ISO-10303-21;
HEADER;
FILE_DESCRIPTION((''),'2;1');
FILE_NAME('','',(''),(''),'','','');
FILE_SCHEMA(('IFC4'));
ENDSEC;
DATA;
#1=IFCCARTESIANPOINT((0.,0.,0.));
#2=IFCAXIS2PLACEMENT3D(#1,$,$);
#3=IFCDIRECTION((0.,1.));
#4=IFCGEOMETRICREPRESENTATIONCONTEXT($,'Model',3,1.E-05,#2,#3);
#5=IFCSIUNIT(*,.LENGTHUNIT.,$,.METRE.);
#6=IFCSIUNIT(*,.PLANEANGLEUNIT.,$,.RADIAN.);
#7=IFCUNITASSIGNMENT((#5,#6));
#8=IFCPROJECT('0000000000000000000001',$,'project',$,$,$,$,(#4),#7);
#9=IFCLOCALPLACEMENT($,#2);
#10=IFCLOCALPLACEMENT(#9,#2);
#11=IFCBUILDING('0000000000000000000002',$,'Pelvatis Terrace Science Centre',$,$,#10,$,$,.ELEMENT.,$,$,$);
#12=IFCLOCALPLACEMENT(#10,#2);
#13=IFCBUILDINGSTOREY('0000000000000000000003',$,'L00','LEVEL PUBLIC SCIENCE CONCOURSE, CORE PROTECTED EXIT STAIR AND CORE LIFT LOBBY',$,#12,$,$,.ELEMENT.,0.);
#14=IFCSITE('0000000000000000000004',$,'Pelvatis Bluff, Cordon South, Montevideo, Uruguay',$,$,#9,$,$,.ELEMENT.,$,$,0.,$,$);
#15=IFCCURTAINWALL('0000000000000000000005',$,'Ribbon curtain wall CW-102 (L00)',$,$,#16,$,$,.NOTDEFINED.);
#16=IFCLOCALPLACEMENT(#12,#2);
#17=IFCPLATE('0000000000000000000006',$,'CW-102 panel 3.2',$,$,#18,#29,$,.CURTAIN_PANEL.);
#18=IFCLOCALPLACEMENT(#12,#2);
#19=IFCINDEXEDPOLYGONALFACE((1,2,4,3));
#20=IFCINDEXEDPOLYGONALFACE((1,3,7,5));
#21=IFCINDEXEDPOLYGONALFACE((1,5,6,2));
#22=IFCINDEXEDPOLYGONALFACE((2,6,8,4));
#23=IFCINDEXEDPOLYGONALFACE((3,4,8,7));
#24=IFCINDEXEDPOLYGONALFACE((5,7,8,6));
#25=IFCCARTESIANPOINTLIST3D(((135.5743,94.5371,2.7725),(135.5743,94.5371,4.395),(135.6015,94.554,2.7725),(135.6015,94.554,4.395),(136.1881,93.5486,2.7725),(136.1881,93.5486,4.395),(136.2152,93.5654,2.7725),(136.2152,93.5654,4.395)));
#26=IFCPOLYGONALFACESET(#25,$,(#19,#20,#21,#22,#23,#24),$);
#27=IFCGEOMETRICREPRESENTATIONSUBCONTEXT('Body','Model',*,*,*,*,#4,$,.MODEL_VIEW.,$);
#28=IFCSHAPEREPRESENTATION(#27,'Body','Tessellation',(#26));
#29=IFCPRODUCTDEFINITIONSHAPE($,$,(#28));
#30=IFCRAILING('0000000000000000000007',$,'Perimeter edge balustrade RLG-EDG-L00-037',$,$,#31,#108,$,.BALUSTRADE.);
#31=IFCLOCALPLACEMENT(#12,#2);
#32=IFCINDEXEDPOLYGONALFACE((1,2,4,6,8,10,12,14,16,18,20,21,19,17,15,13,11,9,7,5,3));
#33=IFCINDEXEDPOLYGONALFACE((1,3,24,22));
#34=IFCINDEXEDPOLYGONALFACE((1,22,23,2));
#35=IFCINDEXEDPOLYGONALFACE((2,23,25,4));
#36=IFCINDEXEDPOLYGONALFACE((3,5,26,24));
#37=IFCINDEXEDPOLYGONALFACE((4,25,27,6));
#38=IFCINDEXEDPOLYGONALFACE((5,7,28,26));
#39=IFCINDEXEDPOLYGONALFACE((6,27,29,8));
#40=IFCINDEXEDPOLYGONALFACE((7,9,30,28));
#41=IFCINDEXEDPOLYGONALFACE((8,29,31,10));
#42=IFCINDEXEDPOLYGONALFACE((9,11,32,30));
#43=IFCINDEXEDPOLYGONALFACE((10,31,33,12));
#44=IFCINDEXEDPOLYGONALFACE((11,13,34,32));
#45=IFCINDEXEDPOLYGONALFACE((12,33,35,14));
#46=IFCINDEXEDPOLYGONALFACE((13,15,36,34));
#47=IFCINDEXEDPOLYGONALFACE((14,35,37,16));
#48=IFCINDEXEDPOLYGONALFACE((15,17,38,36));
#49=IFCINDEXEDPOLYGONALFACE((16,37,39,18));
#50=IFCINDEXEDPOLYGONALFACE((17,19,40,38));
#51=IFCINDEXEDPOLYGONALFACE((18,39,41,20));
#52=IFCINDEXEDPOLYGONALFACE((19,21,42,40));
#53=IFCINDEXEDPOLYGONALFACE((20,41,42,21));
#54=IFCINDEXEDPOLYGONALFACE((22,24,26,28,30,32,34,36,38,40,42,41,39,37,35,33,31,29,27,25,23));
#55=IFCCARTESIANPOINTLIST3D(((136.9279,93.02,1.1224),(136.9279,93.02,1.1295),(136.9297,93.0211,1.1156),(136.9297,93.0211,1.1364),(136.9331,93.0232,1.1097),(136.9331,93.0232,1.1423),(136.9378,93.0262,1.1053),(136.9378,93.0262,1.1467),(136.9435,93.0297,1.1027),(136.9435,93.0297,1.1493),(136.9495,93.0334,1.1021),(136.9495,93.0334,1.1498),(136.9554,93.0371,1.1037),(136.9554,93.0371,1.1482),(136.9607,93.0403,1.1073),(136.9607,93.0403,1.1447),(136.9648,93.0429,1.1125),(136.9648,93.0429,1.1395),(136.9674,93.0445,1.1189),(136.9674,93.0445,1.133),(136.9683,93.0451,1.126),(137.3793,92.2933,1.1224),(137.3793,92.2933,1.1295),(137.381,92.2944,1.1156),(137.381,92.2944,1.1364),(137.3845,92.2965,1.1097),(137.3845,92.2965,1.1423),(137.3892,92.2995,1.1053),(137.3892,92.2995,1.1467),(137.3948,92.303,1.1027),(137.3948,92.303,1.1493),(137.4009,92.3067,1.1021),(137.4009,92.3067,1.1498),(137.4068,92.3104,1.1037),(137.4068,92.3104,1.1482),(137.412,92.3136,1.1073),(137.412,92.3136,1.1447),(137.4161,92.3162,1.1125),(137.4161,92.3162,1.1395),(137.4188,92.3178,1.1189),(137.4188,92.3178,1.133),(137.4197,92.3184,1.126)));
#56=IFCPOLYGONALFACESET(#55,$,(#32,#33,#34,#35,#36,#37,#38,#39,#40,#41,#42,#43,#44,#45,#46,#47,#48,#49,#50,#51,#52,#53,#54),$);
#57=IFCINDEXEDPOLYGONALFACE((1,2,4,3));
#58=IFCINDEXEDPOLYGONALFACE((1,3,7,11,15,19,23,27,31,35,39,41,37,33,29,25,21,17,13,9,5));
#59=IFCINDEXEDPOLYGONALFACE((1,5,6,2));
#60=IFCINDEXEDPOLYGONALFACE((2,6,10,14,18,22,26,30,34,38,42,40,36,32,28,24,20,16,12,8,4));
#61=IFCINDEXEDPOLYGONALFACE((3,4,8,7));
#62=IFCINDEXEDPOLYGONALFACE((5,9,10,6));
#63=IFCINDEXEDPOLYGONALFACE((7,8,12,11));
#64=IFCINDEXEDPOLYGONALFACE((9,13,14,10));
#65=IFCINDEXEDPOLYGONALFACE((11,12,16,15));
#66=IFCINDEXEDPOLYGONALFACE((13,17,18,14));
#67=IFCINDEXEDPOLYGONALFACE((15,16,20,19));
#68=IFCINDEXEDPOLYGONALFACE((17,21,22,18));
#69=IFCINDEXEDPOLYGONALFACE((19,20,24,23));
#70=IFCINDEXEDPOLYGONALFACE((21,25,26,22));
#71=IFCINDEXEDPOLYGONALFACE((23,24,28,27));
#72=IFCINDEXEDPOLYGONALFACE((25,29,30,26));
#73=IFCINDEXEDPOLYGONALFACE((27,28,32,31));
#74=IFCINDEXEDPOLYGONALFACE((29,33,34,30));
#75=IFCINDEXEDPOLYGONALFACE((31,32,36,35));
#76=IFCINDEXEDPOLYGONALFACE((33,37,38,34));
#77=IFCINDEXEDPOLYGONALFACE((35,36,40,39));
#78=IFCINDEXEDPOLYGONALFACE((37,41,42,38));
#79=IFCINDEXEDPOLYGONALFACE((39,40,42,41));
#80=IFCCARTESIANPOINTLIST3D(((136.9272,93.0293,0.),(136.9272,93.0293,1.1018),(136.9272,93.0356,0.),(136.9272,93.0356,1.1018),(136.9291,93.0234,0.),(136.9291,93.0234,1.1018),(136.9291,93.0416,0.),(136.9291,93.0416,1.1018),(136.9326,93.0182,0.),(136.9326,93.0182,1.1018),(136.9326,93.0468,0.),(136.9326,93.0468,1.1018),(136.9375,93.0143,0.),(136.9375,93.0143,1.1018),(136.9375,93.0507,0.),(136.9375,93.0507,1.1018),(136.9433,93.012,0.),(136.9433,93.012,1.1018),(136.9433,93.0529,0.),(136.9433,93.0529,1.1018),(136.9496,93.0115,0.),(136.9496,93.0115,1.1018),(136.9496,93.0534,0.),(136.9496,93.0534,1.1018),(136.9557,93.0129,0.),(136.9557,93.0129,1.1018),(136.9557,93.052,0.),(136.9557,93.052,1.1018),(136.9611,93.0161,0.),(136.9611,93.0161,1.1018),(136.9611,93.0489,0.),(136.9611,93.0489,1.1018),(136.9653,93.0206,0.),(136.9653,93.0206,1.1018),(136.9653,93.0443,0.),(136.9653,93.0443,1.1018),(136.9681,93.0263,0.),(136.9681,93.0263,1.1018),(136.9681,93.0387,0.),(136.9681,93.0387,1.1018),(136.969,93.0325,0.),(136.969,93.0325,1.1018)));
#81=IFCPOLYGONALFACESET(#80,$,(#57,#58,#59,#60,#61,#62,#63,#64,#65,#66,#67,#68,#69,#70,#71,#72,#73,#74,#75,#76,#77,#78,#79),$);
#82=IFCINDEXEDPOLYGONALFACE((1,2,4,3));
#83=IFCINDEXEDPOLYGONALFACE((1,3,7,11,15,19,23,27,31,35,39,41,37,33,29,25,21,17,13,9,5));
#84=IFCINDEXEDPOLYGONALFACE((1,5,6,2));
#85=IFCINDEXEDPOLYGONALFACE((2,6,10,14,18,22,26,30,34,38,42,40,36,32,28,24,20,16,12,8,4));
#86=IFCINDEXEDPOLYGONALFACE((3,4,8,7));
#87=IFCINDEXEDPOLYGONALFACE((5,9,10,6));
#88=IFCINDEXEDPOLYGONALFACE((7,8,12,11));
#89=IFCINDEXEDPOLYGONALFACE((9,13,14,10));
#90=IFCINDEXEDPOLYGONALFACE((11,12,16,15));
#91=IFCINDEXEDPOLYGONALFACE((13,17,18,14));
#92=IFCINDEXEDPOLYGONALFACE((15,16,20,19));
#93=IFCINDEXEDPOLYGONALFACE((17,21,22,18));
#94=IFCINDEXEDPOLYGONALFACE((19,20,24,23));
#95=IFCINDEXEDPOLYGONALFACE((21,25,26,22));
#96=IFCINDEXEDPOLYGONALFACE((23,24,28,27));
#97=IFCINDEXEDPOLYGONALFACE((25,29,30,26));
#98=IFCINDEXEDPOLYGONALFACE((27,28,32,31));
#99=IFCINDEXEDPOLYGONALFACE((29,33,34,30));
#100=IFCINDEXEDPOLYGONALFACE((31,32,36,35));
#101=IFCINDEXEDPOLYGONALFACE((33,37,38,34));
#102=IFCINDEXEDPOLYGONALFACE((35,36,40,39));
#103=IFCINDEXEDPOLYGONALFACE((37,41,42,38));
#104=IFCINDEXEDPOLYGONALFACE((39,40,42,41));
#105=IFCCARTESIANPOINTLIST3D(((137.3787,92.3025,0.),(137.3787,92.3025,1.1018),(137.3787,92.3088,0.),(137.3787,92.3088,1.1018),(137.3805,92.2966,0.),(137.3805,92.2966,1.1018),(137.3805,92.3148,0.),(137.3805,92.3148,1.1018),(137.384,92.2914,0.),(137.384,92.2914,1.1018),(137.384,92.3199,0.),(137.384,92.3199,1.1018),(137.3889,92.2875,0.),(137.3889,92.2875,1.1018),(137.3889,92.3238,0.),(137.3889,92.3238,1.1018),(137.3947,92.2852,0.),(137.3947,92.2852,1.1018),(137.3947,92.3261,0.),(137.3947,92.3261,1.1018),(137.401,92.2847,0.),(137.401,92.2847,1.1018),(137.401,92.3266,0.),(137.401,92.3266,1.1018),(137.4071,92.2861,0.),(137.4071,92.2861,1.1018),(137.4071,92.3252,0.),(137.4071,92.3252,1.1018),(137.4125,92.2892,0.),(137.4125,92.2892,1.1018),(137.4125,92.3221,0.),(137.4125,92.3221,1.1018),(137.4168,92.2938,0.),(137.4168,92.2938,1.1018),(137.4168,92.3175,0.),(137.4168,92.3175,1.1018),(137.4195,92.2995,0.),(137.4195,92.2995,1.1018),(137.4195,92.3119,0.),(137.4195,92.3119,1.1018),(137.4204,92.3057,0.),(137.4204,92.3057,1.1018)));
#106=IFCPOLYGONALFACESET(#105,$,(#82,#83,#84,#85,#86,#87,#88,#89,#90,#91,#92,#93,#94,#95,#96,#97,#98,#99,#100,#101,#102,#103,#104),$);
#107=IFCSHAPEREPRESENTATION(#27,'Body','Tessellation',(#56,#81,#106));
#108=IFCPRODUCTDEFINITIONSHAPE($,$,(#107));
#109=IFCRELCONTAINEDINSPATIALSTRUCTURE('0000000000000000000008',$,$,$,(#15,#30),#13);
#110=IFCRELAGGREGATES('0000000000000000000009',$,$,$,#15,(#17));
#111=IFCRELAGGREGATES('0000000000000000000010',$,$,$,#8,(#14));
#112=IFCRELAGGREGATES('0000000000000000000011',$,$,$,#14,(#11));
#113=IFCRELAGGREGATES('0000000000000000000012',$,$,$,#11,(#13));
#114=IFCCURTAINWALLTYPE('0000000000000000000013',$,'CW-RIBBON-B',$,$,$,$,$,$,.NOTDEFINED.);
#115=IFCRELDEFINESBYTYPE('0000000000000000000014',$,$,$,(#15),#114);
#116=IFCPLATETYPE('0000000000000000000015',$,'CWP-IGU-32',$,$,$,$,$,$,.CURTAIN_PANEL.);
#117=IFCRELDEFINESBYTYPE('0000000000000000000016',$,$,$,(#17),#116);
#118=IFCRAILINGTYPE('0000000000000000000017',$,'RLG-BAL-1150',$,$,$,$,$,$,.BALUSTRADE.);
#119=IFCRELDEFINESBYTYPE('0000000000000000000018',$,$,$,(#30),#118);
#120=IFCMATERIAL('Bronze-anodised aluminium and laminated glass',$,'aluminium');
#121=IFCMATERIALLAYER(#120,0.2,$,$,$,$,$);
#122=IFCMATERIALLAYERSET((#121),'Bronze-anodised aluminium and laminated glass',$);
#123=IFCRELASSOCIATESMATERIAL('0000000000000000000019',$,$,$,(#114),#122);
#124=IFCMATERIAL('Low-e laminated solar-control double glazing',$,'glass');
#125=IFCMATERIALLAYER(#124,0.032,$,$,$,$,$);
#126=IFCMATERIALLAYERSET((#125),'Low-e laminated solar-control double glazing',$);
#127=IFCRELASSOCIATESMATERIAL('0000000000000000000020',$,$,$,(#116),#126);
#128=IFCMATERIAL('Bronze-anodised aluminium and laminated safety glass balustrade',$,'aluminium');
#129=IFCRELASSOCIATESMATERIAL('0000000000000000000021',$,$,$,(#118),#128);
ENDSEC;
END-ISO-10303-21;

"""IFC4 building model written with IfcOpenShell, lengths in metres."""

from ifc_helpers import new_model, si_unit, direction, frame, origin, origin_2d, place, context, subcontext, project, spatial, rectangle, circle, extrude, material, layer, layer_set, type_object, element, aggregate, save


model = new_model("IFC4")

# Units and contexts
model_context = context("Model", 3, precision=1e-05, world=origin(), true_north=direction((0.0, 1.0)))
body_context = subcontext(model_context, "Body", "Model", "MODEL_VIEW")
ifc_project = project(units=[si_unit("LENGTHUNIT", "METRE"), si_unit("PLANEANGLEUNIT", "RADIAN")], contexts=[model_context])

# Site, building, storey
site_placement = place(None, origin())
site = spatial("IfcSite", under=ifc_project, at=site_placement, Name="Pelvatis Bluff, Cordon South, Montevideo, Uruguay", CompositionType="ELEMENT", RefElevation=0.0)
building_placement = place(site_placement, origin())
building = spatial("IfcBuilding", under=site, at=building_placement, Name="Pelvatis Terrace Science Centre", CompositionType="ELEMENT")
storey_placement = place(building_placement, origin())
storey = spatial("IfcBuildingStorey", under=building, at=storey_placement, Name="L00", Description="LEVEL PUBLIC SCIENCE CONCOURSE, CORE PROTECTED EXIT STAIR AND CORE LIFT LOBBY", CompositionType="ELEMENT", Elevation=0.0)

# Curtain wall, plate
ifc_material_1 = material(Name="Bronze-anodised aluminium and laminated glass", Category="aluminium")
ifc_layer_1 = layer(ifc_material_1, 0.2)
ifc_layer_set_1 = layer_set([ifc_layer_1], Name="Bronze-anodised aluminium and laminated glass")
curtain_wall_type = type_object("IfcCurtainWallType", Name="CW-RIBBON-B", PredefinedType="NOTDEFINED", material=ifc_layer_set_1)
curtain_wall_placement = place(storey_placement, origin())
curtain_wall = element("IfcCurtainWall", 1, at=curtain_wall_placement, inside=storey, type_object=curtain_wall_type, Name="Ribbon curtain wall CW-102 (L00)", PredefinedType="NOTDEFINED")
ifc_material_2 = material(Name="Low-e laminated solar-control double glazing", Category="glass")
ifc_layer_2 = layer(ifc_material_2, 0.032)
ifc_layer_set_2 = layer_set([ifc_layer_2], Name="Low-e laminated solar-control double glazing")
plate_type = type_object("IfcPlateType", Name="CWP-IGU-32", PredefinedType="CURTAIN_PANEL", material=ifc_layer_set_2)
plate_1_placement = place(storey_placement, frame((135.8948, 94.0513, 2.7725), z_axis=(0.0, 0.0, 1.0), x_axis=(-0.52745, 0.849586, 0.0)))
plate_1 = element("IfcPlate", 2, at=plate_1_placement, type_object=plate_type, Name="CW-102 panel 3.2", PredefinedType="CURTAIN_PANEL", context=body_context, shape_type="SweptSolid", body=[
    extrude(rectangle(XDim=1.1636, YDim=0.032, at=origin_2d()), origin(), (0.0, 0.0, 1.0), 1.6226),
])
aggregate(curtain_wall, [plate_1])

# Railing
ifc_material_3 = material(Name="Bronze-anodised aluminium and laminated safety glass balustrade", Category="aluminium")
railing_type = type_object("IfcRailingType", Name="RLG-BAL-1150", PredefinedType="BALUSTRADE", material=ifc_material_3)
railing_placement = place(storey_placement, frame((136.948, 93.0325, 0.0)))
element("IfcRailing", 3, at=railing_placement, inside=storey, type_object=railing_type, Name="Perimeter edge balustrade RLG-EDG-L00-037", PredefinedType="BALUSTRADE", context=body_context, shape_type="SweptSolid", body=[
    extrude(circle(Radius=0.0239, at=origin_2d()), frame((0.0, 0.0, 1.126), z_axis=(0.527611, -0.849486, 0.0), x_axis=(0.849486, 0.527611, 0.0)), (0.0, 0.0, 1.0), 0.8555),
    extrude(circle(Radius=0.021, at=origin_2d()), origin(), (0.0, 0.0, 1.0), 1.1018),
    extrude(circle(Radius=0.021, at=origin_2d()), frame((0.4514, -0.7268, 0.0)), (0.0, 0.0, 1.0), 1.1018),
])

save(model, "model.ifc")
